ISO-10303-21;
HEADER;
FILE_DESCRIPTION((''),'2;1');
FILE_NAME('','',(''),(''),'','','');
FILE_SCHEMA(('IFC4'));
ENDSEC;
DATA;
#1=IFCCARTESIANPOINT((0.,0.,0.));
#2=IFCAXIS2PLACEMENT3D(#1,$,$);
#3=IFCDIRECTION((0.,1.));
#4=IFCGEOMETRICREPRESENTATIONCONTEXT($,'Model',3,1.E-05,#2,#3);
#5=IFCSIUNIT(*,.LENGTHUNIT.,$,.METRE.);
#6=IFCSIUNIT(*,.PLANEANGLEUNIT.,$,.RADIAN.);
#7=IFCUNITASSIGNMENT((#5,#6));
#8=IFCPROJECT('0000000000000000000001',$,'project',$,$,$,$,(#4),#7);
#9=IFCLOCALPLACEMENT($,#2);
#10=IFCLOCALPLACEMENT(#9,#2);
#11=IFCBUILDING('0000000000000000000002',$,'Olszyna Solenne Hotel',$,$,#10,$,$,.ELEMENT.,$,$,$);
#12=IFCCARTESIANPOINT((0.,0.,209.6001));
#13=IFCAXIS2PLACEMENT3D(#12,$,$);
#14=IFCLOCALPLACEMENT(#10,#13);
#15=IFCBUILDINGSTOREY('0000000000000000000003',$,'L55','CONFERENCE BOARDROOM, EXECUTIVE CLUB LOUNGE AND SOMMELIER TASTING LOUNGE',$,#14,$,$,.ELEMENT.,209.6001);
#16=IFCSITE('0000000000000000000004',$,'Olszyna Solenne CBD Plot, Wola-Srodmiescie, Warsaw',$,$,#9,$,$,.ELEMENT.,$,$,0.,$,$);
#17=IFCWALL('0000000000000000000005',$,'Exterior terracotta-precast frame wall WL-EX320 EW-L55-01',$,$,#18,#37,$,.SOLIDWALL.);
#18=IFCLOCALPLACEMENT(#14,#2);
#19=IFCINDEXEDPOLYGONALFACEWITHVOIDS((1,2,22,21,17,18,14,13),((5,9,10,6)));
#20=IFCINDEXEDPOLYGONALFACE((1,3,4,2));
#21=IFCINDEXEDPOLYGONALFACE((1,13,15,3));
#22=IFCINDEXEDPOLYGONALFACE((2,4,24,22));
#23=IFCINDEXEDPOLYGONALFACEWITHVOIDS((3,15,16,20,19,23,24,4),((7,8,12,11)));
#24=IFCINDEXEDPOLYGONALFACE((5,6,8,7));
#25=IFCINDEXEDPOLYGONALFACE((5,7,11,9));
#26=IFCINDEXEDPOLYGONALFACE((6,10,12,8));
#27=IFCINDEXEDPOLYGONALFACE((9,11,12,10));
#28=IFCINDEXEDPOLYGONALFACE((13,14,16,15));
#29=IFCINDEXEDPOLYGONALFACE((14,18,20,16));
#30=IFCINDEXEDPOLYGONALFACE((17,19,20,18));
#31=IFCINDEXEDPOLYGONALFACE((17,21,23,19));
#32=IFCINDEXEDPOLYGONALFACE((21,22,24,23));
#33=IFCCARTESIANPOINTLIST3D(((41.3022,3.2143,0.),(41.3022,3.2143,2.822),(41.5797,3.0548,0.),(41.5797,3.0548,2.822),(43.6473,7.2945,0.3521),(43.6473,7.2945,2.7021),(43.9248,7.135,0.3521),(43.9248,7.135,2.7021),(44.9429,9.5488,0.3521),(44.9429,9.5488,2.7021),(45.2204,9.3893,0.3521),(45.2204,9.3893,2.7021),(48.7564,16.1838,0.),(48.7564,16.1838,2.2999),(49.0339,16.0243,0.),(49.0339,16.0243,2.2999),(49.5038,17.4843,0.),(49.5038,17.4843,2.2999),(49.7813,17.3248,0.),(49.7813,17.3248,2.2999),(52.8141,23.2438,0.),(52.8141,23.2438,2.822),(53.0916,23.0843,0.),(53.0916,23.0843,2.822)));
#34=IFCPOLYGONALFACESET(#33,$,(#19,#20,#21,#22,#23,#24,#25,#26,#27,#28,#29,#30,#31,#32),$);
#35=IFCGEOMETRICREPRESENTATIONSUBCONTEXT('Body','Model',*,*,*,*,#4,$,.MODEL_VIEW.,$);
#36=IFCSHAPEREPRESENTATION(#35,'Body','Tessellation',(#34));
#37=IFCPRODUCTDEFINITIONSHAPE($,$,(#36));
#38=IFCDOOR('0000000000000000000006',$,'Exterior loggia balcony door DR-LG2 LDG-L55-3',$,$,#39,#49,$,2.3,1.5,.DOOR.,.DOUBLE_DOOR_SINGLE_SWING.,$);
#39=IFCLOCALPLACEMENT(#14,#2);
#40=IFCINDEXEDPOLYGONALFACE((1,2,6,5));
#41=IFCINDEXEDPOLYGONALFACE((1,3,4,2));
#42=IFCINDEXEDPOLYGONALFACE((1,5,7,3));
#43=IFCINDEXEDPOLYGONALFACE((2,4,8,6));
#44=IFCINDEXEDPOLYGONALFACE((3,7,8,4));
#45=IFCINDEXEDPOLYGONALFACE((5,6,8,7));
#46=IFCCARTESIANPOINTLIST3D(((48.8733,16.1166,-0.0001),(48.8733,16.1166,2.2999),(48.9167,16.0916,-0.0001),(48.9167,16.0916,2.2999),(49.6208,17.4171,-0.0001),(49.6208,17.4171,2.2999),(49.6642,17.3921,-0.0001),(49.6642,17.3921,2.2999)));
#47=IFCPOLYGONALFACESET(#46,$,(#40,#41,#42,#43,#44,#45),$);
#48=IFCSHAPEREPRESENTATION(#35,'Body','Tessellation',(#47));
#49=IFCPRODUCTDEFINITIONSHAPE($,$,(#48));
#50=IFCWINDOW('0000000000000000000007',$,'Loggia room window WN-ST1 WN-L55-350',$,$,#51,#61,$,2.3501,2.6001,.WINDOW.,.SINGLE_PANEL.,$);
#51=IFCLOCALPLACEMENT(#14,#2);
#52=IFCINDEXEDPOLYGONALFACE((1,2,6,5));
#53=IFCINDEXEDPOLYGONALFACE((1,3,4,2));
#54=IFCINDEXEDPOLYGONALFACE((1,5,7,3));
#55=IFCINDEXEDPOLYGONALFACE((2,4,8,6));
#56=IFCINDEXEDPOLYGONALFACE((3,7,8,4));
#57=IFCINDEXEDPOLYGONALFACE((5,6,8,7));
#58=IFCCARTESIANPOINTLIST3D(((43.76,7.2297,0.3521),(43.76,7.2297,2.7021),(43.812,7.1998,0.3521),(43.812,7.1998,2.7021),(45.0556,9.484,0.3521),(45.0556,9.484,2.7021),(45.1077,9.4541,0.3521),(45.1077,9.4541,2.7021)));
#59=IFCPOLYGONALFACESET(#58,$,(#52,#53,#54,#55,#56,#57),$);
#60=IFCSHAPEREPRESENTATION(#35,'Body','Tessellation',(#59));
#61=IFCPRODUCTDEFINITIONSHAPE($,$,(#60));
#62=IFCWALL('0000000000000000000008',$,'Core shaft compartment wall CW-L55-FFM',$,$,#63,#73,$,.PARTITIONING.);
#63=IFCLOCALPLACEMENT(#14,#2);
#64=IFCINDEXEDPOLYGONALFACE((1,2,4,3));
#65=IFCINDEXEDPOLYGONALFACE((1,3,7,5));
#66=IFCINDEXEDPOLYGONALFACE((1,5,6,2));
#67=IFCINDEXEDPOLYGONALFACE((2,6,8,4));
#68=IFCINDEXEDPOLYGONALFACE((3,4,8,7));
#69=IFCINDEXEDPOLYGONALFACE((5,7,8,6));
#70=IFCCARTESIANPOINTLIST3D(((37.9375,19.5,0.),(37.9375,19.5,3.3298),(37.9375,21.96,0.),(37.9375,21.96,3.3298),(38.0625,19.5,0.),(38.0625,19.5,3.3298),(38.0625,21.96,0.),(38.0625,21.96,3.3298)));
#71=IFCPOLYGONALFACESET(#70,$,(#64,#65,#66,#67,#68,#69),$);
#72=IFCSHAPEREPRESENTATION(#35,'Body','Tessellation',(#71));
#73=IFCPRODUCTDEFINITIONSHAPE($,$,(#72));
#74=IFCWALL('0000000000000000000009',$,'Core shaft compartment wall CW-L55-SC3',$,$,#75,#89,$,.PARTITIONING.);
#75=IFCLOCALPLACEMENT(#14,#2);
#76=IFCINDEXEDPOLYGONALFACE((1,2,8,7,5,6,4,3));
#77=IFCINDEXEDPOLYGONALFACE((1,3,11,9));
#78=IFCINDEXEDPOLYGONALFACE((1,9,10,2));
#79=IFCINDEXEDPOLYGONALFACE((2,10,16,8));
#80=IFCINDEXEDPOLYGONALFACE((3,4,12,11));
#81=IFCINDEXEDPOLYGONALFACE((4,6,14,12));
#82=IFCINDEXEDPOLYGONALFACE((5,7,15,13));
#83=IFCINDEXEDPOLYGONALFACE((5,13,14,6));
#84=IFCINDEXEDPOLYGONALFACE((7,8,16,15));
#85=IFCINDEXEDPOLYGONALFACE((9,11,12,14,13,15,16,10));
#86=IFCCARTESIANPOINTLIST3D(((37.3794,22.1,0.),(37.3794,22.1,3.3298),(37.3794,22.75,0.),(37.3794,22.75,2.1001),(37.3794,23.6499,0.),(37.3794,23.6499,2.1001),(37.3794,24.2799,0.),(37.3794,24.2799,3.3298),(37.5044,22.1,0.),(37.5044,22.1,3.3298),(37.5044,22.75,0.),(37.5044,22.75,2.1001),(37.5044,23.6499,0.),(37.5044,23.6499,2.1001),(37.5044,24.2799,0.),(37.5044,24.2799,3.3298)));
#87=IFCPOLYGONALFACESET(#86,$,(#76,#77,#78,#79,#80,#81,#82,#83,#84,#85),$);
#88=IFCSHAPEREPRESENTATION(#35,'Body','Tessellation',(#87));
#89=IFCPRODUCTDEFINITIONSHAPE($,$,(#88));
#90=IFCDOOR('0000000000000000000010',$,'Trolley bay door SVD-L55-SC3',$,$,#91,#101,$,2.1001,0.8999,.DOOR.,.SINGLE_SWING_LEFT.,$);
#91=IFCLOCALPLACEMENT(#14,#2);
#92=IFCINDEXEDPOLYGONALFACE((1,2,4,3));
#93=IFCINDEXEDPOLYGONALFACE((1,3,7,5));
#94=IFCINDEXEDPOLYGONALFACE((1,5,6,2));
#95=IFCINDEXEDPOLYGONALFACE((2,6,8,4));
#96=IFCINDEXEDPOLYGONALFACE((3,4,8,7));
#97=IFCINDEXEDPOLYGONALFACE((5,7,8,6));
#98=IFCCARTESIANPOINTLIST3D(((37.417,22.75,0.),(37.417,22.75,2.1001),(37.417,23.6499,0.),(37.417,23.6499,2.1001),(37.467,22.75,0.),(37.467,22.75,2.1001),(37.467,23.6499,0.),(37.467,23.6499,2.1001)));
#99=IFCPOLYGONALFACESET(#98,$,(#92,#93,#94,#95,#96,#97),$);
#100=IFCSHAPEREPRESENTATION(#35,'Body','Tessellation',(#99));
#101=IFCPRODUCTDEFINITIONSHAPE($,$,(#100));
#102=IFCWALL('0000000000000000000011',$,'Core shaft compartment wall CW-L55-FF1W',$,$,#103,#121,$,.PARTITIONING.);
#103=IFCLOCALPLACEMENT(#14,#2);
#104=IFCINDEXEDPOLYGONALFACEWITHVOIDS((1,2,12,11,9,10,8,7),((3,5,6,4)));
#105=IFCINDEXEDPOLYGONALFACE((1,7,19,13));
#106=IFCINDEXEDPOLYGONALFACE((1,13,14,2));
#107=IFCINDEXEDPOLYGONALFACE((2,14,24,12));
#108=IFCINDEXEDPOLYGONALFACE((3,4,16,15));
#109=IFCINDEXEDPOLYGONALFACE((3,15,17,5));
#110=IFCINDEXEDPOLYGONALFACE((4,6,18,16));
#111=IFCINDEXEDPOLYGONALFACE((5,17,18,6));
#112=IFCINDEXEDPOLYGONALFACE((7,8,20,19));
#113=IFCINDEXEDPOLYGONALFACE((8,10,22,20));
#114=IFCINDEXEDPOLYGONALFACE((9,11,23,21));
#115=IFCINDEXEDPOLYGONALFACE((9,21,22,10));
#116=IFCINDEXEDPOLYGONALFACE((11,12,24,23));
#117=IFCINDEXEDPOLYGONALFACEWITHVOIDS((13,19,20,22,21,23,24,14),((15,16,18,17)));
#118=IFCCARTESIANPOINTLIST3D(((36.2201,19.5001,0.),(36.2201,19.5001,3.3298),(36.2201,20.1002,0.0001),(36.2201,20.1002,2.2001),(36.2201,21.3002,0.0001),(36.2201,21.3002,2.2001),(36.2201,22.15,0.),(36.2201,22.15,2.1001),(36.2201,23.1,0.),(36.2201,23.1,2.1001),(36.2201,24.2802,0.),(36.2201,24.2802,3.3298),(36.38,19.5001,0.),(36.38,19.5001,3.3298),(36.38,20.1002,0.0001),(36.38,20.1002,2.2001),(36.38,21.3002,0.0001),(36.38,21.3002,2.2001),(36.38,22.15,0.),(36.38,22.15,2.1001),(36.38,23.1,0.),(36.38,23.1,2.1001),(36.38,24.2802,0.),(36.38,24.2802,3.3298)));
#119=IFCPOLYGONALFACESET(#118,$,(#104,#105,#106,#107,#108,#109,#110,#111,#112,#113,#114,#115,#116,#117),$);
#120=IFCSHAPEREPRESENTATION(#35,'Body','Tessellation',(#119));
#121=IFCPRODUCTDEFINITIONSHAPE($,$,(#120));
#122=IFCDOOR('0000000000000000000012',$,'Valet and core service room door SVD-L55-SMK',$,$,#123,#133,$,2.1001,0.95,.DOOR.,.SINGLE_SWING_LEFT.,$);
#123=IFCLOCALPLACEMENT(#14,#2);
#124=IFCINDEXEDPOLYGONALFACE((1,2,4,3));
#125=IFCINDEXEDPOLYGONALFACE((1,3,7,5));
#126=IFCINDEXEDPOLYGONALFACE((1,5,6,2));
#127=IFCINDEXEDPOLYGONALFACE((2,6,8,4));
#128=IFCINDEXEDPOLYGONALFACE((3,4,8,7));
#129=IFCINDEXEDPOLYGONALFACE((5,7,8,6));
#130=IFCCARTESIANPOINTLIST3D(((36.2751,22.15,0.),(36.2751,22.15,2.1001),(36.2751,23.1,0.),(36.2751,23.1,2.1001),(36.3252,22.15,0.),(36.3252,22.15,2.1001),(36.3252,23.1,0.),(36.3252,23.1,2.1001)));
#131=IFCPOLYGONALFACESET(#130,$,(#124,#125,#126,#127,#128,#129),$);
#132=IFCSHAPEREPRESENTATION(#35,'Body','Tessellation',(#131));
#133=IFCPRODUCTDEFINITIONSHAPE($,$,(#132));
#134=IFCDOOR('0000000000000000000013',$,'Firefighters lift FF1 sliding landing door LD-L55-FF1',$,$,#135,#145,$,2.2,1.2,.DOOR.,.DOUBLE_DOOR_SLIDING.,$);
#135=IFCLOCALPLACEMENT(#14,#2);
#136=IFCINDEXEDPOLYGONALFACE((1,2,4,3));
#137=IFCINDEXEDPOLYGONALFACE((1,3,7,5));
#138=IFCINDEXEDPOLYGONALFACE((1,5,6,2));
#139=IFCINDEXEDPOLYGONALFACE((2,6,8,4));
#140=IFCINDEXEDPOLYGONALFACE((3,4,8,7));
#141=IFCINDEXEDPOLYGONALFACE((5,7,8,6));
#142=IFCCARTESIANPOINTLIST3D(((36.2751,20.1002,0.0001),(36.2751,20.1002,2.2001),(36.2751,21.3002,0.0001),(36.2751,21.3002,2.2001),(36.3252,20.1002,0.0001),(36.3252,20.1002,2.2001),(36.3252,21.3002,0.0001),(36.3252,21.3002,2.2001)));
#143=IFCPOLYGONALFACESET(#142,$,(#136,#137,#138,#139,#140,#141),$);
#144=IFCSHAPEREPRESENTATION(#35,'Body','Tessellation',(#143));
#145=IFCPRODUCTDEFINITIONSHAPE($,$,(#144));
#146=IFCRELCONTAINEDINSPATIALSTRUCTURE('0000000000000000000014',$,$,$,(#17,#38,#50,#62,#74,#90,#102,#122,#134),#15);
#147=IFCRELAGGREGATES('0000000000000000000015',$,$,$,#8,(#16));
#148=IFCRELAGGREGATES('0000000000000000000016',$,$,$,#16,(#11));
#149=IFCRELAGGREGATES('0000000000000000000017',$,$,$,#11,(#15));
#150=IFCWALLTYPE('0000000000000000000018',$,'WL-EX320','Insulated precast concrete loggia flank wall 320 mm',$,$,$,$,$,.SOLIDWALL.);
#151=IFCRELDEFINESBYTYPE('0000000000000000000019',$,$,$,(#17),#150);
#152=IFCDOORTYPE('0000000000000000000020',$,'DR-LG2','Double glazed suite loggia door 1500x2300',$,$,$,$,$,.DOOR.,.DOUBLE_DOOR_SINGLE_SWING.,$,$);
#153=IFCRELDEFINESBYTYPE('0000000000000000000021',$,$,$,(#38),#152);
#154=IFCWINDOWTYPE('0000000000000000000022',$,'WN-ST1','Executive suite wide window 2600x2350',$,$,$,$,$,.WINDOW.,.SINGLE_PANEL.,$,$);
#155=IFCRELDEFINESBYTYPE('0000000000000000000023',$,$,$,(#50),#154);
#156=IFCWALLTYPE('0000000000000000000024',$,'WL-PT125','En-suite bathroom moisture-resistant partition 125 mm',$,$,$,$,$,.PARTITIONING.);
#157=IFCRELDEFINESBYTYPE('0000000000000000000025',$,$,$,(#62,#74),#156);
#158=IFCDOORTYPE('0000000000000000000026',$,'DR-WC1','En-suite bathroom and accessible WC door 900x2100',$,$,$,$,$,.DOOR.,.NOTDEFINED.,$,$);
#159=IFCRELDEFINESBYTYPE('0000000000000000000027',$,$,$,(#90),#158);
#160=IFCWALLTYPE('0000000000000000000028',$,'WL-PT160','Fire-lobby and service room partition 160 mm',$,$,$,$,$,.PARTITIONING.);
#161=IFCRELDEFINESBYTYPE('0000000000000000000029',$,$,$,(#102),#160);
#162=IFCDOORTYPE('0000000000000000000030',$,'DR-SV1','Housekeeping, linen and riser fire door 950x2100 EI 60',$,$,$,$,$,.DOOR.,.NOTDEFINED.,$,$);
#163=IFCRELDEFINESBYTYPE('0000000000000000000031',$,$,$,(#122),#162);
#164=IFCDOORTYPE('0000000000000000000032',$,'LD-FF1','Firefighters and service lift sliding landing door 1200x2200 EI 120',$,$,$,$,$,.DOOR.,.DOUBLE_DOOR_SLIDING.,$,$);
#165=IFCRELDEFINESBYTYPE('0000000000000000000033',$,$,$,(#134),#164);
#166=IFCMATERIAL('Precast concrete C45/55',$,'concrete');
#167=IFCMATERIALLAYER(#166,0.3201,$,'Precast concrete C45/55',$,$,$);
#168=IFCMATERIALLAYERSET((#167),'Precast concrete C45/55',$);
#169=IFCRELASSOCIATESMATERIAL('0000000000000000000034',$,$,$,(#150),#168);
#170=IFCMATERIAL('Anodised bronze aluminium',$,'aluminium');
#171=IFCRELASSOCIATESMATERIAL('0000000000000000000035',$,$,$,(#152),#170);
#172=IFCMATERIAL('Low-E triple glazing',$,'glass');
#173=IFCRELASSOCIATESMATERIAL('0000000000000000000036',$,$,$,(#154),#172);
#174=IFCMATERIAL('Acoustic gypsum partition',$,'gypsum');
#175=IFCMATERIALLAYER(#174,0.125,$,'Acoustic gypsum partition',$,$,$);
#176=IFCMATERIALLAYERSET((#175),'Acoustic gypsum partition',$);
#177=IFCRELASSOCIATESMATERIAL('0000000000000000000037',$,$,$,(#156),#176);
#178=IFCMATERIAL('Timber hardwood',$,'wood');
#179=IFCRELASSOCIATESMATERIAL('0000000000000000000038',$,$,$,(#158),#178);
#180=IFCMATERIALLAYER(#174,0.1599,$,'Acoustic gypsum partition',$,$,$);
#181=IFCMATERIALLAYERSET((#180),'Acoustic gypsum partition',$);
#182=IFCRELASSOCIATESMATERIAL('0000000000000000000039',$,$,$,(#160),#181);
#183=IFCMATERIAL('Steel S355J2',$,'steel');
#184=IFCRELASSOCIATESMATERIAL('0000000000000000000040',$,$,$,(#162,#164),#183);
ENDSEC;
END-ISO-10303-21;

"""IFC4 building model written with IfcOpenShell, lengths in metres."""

from ifc_helpers import new_model, si_unit, direction, frame, frame_2d, origin, place, context, subcontext, project, spatial, rectangle, extrude, source, transform, mapped, material, layer, layer_set, type_object, type_shapes, element, fill, save


model = new_model("IFC4")

# Units and contexts
model_context = context("Model", 3, precision=1e-05, world=origin(), true_north=direction((0.0, 1.0)))
body_context = subcontext(model_context, "Body", "Model", "MODEL_VIEW")
ifc_project = project(units=[si_unit("LENGTHUNIT", "METRE"), si_unit("PLANEANGLEUNIT", "RADIAN")], contexts=[model_context])

# Site, building, storey
site_placement = place(None, origin())
site = spatial("IfcSite", under=ifc_project, at=site_placement, Name="Olszyna Solenne CBD Plot, Wola-Srodmiescie, Warsaw", CompositionType="ELEMENT", RefElevation=0.0)
building_placement = place(site_placement, origin())
building = spatial("IfcBuilding", under=site, at=building_placement, Name="Olszyna Solenne Hotel", CompositionType="ELEMENT")
storey_placement = place(building_placement, frame((0.0, 0.0, 209.6001)))
storey = spatial("IfcBuildingStorey", under=building, at=storey_placement, Name="L55", Description="CONFERENCE BOARDROOM, EXECUTIVE CLUB LOUNGE AND SOMMELIER TASTING LOUNGE", CompositionType="ELEMENT", Elevation=209.6001)

# Shared definitions
ifc_material_1 = material(Name="Steel S355J2", Category="steel")

# Wall, openings, door, window
ifc_material_2 = material(Name="Precast concrete C45/55", Category="concrete")
ifc_layer_1 = layer(ifc_material_2, 0.3201, Name="Precast concrete C45/55")
ifc_layer_set_1 = layer_set([ifc_layer_1], Name="Precast concrete C45/55")
wall_type_1 = type_object("IfcWallType", Name="WL-EX320", Description="Insulated precast concrete loggia flank wall 320 mm", PredefinedType="SOLIDWALL", material=ifc_layer_set_1)
wall_1_placement = place(storey_placement, frame((52.9529, 23.1641, 0.0), z_axis=(0.0, 0.0, 1.0), x_axis=(-0.498308, -0.867, 0.0)))
wall_1 = element("IfcWall", 1, at=wall_1_placement, inside=storey, type_object=wall_type_1, Name="Exterior terracotta-precast frame wall WL-EX320 EW-L55-01", PredefinedType="SOLIDWALL", context=body_context, shape_type="SweptSolid", body=[
    extrude(rectangle(XDim=23.1021, YDim=0.3201, at=frame_2d((11.551, 0.0))), origin(), (0.0, 0.0, 1.0), 2.822),
])
opening_1_placement = place(wall_1_placement, frame((6.6431, 0.0, 0.0)))
opening_1 = element("IfcOpeningElement", 2, at=opening_1_placement, cuts=wall_1, PredefinedType="OPENING", context=body_context, shape_type="SweptSolid", body=[
    extrude(rectangle(XDim=1.5, YDim=2.3, at=frame_2d((0.75, 1.1499))), frame((0.0, 0.1699, 0.0), z_axis=(0.0, -1.0, 0.0), x_axis=(1.0, 0.0, 0.0)), (0.0, 0.0, 1.0), 0.3401),
])
opening_2_placement = place(wall_1_placement, frame((15.7959, 0.0, 0.3521)))
opening_2 = element("IfcOpeningElement", 3, at=opening_2_placement, cuts=wall_1, PredefinedType="OPENING", context=body_context, shape_type="SweptSolid", body=[
    extrude(rectangle(XDim=2.6001, YDim=2.3501, at=frame_2d((1.3, 1.175))), frame((0.0, 0.1699, 0.0), z_axis=(0.0, -1.0, 0.0), x_axis=(1.0, 0.0, 0.0)), (0.0, 0.0, 1.0), 0.3401),
])
ifc_material_3 = material(Name="Anodised bronze aluminium", Category="aluminium")
door_type_1 = type_object("IfcDoorType", Name="DR-LG2", Description="Double glazed suite loggia door 1500x2300", OperationType="DOUBLE_DOOR_SINGLE_SWING", PredefinedType="DOOR", material=ifc_material_3)
shared_shape_1 = source(origin(), body_context, "Body", "SweptSolid", [
    extrude(rectangle(XDim=1.5, YDim=2.3, at=frame_2d((0.75, 1.1499))), frame((0.0, 0.0249, 0.0), z_axis=(0.0, -1.0, 0.0), x_axis=(1.0, 0.0, 0.0)), (0.0, 0.0, 1.0), 0.05),
])
type_shapes(door_type_1, [shared_shape_1])
door_1_placement = place(opening_1_placement, origin())
door_1 = element("IfcDoor", 4, at=door_1_placement, inside=storey, type_object=door_type_1, Name="Exterior loggia balcony door DR-LG2 LDG-L55-3", OperationType="DOUBLE_DOOR_SINGLE_SWING", OverallHeight=2.3, OverallWidth=1.5, PredefinedType="DOOR", context=body_context, shape_type="MappedRepresentation", body=[
    mapped(shared_shape_1, transform((0.0, 0.0, 0.0), x_axis=(1.0, 0.0, 0.0), y_axis=(0.0, 1.0, 0.0), z_axis=(0.0, 0.0, 1.0), scale=1.0)),
])
fill(opening_1, door_1)
ifc_material_4 = material(Name="Low-E triple glazing", Category="glass")
window_type = type_object("IfcWindowType", Name="WN-ST1", Description="Executive suite wide window 2600x2350", PartitioningType="SINGLE_PANEL", PredefinedType="WINDOW", material=ifc_material_4)
shared_shape_2 = source(origin(), body_context, "Body", "SweptSolid", [
    extrude(rectangle(XDim=2.6001, YDim=2.3501, at=frame_2d((1.3, 1.175))), frame((0.0, 0.03, 0.0), z_axis=(0.0, -1.0, 0.0), x_axis=(1.0, 0.0, 0.0)), (0.0, 0.0, 1.0), 0.0601),
])
type_shapes(window_type, [shared_shape_2])
window_placement = place(opening_2_placement, origin())
window = element("IfcWindow", 5, at=window_placement, inside=storey, type_object=window_type, Name="Loggia room window WN-ST1 WN-L55-350", OverallHeight=2.3501, OverallWidth=2.6001, PartitioningType="SINGLE_PANEL", PredefinedType="WINDOW", context=body_context, shape_type="MappedRepresentation", body=[
    mapped(shared_shape_2, transform((0.0, 0.0, 0.0), x_axis=(1.0, 0.0, 0.0), y_axis=(0.0, 1.0, 0.0), z_axis=(0.0, 0.0, 1.0), scale=1.0)),
])
fill(opening_2, window)

# Wall
ifc_material_5 = material(Name="Acoustic gypsum partition", Category="gypsum")
ifc_layer_2 = layer(ifc_material_5, 0.125, Name="Acoustic gypsum partition")
ifc_layer_set_2 = layer_set([ifc_layer_2], Name="Acoustic gypsum partition")
wall_type_2 = type_object("IfcWallType", Name="WL-PT125", Description="En-suite bathroom moisture-resistant partition 125 mm", PredefinedType="PARTITIONING", material=ifc_layer_set_2)
wall_2_placement = place(storey_placement, frame((38.0, 19.5, 0.0), z_axis=(0.0, 0.0, 1.0), x_axis=(0.0, 1.0, 0.0)))
element("IfcWall", 6, at=wall_2_placement, inside=storey, type_object=wall_type_2, Name="Core shaft compartment wall CW-L55-FFM", PredefinedType="PARTITIONING", context=body_context, shape_type="SweptSolid", body=[
    extrude(rectangle(XDim=2.46, YDim=0.125, at=frame_2d((1.23, 0.0))), origin(), (0.0, 0.0, 1.0), 3.3298),
])

# Wall, opening, door
wall_3_placement = place(storey_placement, frame((37.4419, 22.1001, 0.0), z_axis=(0.0, 0.0, 1.0), x_axis=(0.0, 1.0, 0.0)))
wall_3 = element("IfcWall", 7, at=wall_3_placement, inside=storey, type_object=wall_type_2, Name="Core shaft compartment wall CW-L55-SC3", PredefinedType="PARTITIONING", context=body_context, shape_type="SweptSolid", body=[
    extrude(rectangle(XDim=2.1799, YDim=0.125, at=frame_2d((1.0898, 0.0))), origin(), (0.0, 0.0, 1.0), 3.3298),
])
opening_3_placement = place(wall_3_placement, frame((0.6499, 0.0, 0.0)))
opening_3 = element("IfcOpeningElement", 8, at=opening_3_placement, cuts=wall_3, PredefinedType="OPENING", context=body_context, shape_type="SweptSolid", body=[
    extrude(rectangle(XDim=0.8999, YDim=2.1001, at=frame_2d((0.45, 1.05))), frame((0.0, 0.0725, 0.0), z_axis=(0.0, -1.0, 0.0), x_axis=(1.0, 0.0, 0.0)), (0.0, 0.0, 1.0), 0.145),
])
ifc_material_6 = material(Name="Timber hardwood", Category="wood")
door_type_2 = type_object("IfcDoorType", Name="DR-WC1", Description="En-suite bathroom and accessible WC door 900x2100", OperationType="NOTDEFINED", PredefinedType="DOOR", material=ifc_material_6)
shared_shape_3 = source(origin(), body_context, "Body", "SweptSolid", [
    extrude(rectangle(XDim=0.8999, YDim=2.1001, at=frame_2d((0.45, 1.05))), frame((0.0, 0.0249, 0.0), z_axis=(0.0, -1.0, 0.0), x_axis=(1.0, 0.0, 0.0)), (0.0, 0.0, 1.0), 0.05),
])
type_shapes(door_type_2, [shared_shape_3])
door_2_placement = place(opening_3_placement, origin())
door_2 = element("IfcDoor", 9, at=door_2_placement, inside=storey, type_object=door_type_2, Name="Trolley bay door SVD-L55-SC3", OperationType="SINGLE_SWING_LEFT", OverallHeight=2.1001, OverallWidth=0.8999, PredefinedType="DOOR", context=body_context, shape_type="MappedRepresentation", body=[
    mapped(shared_shape_3, transform((0.0, 0.0, 0.0), x_axis=(1.0, 0.0, 0.0), y_axis=(0.0, 1.0, 0.0), z_axis=(0.0, 0.0, 1.0), scale=1.0)),
])
fill(opening_3, door_2)

# Wall, openings, doors
ifc_layer_3 = layer(ifc_material_5, 0.1599, Name="Acoustic gypsum partition")
ifc_layer_set_3 = layer_set([ifc_layer_3], Name="Acoustic gypsum partition")
wall_type_3 = type_object("IfcWallType", Name="WL-PT160", Description="Fire-lobby and service room partition 160 mm", PredefinedType="PARTITIONING", material=ifc_layer_set_3)
wall_4_placement = place(storey_placement, frame((36.3, 19.5, 0.0), z_axis=(0.0, 0.0, 1.0), x_axis=(0.0, 1.0, 0.0)))
wall_4 = element("IfcWall", 10, at=wall_4_placement, inside=storey, type_object=wall_type_3, Name="Core shaft compartment wall CW-L55-FF1W", PredefinedType="PARTITIONING", context=body_context, shape_type="SweptSolid", body=[
    extrude(rectangle(XDim=4.78, YDim=0.1599, at=frame_2d((2.3901, 0.0))), origin(), (0.0, 0.0, 1.0), 3.3298),
])
opening_4_placement = place(wall_4_placement, frame((0.6001, 0.0, 0.0)))
opening_4 = element("IfcOpeningElement", 11, at=opening_4_placement, cuts=wall_4, PredefinedType="OPENING", context=body_context, shape_type="SweptSolid", body=[
    extrude(rectangle(XDim=1.2, YDim=2.2, at=frame_2d((0.6001, 1.1001))), frame((0.0, 0.0898, 0.0), z_axis=(0.0, -1.0, 0.0), x_axis=(1.0, 0.0, 0.0)), (0.0, 0.0, 1.0), 0.1799),
])
opening_5_placement = place(wall_4_placement, frame((2.6499, 0.0, 0.0)))
opening_5 = element("IfcOpeningElement", 12, at=opening_5_placement, cuts=wall_4, PredefinedType="OPENING", context=body_context, shape_type="SweptSolid", body=[
    extrude(rectangle(XDim=0.95, YDim=2.1001, at=frame_2d((0.4751, 1.05))), frame((0.0, 0.0898, 0.0), z_axis=(0.0, -1.0, 0.0), x_axis=(1.0, 0.0, 0.0)), (0.0, 0.0, 1.0), 0.1799),
])
door_type_3 = type_object("IfcDoorType", Name="DR-SV1", Description="Housekeeping, linen and riser fire door 950x2100 EI 60", OperationType="NOTDEFINED", PredefinedType="DOOR", material=ifc_material_1)
shared_shape_4 = source(origin(), body_context, "Body", "SweptSolid", [
    extrude(rectangle(XDim=0.95, YDim=2.1001, at=frame_2d((0.4751, 1.05))), frame((0.0, 0.0249, 0.0), z_axis=(0.0, -1.0, 0.0), x_axis=(1.0, 0.0, 0.0)), (0.0, 0.0, 1.0), 0.05),
])
type_shapes(door_type_3, [shared_shape_4])
door_3_placement = place(opening_5_placement, origin())
door_3 = element("IfcDoor", 13, at=door_3_placement, inside=storey, type_object=door_type_3, Name="Valet and core service room door SVD-L55-SMK", OperationType="SINGLE_SWING_LEFT", OverallHeight=2.1001, OverallWidth=0.95, PredefinedType="DOOR", context=body_context, shape_type="MappedRepresentation", body=[
    mapped(shared_shape_4, transform((0.0, 0.0, 0.0), x_axis=(1.0, 0.0, 0.0), y_axis=(0.0, 1.0, 0.0), z_axis=(0.0, 0.0, 1.0), scale=1.0)),
])
fill(opening_5, door_3)
door_type_4 = type_object("IfcDoorType", Name="LD-FF1", Description="Firefighters and service lift sliding landing door 1200x2200 EI 120", OperationType="DOUBLE_DOOR_SLIDING", PredefinedType="DOOR", material=ifc_material_1)
shared_shape_5 = source(origin(), body_context, "Body", "SweptSolid", [
    extrude(rectangle(XDim=1.2, YDim=2.2, at=frame_2d((0.6001, 1.1001))), frame((0.0, 0.0249, 0.0), z_axis=(0.0, -1.0, 0.0), x_axis=(1.0, 0.0, 0.0)), (0.0, 0.0, 1.0), 0.05),
])
type_shapes(door_type_4, [shared_shape_5])
door_4_placement = place(opening_4_placement, origin())
door_4 = element("IfcDoor", 14, at=door_4_placement, inside=storey, type_object=door_type_4, Name="Firefighters lift FF1 sliding landing door LD-L55-FF1", OperationType="DOUBLE_DOOR_SLIDING", OverallHeight=2.2, OverallWidth=1.2, PredefinedType="DOOR", context=body_context, shape_type="MappedRepresentation", body=[
    mapped(shared_shape_5, transform((0.0, 0.0, 0.0), x_axis=(1.0, 0.0, 0.0), y_axis=(0.0, 1.0, 0.0), z_axis=(0.0, 0.0, 1.0), scale=1.0)),
])
fill(opening_4, door_4)

save(model, "model.ifc")
